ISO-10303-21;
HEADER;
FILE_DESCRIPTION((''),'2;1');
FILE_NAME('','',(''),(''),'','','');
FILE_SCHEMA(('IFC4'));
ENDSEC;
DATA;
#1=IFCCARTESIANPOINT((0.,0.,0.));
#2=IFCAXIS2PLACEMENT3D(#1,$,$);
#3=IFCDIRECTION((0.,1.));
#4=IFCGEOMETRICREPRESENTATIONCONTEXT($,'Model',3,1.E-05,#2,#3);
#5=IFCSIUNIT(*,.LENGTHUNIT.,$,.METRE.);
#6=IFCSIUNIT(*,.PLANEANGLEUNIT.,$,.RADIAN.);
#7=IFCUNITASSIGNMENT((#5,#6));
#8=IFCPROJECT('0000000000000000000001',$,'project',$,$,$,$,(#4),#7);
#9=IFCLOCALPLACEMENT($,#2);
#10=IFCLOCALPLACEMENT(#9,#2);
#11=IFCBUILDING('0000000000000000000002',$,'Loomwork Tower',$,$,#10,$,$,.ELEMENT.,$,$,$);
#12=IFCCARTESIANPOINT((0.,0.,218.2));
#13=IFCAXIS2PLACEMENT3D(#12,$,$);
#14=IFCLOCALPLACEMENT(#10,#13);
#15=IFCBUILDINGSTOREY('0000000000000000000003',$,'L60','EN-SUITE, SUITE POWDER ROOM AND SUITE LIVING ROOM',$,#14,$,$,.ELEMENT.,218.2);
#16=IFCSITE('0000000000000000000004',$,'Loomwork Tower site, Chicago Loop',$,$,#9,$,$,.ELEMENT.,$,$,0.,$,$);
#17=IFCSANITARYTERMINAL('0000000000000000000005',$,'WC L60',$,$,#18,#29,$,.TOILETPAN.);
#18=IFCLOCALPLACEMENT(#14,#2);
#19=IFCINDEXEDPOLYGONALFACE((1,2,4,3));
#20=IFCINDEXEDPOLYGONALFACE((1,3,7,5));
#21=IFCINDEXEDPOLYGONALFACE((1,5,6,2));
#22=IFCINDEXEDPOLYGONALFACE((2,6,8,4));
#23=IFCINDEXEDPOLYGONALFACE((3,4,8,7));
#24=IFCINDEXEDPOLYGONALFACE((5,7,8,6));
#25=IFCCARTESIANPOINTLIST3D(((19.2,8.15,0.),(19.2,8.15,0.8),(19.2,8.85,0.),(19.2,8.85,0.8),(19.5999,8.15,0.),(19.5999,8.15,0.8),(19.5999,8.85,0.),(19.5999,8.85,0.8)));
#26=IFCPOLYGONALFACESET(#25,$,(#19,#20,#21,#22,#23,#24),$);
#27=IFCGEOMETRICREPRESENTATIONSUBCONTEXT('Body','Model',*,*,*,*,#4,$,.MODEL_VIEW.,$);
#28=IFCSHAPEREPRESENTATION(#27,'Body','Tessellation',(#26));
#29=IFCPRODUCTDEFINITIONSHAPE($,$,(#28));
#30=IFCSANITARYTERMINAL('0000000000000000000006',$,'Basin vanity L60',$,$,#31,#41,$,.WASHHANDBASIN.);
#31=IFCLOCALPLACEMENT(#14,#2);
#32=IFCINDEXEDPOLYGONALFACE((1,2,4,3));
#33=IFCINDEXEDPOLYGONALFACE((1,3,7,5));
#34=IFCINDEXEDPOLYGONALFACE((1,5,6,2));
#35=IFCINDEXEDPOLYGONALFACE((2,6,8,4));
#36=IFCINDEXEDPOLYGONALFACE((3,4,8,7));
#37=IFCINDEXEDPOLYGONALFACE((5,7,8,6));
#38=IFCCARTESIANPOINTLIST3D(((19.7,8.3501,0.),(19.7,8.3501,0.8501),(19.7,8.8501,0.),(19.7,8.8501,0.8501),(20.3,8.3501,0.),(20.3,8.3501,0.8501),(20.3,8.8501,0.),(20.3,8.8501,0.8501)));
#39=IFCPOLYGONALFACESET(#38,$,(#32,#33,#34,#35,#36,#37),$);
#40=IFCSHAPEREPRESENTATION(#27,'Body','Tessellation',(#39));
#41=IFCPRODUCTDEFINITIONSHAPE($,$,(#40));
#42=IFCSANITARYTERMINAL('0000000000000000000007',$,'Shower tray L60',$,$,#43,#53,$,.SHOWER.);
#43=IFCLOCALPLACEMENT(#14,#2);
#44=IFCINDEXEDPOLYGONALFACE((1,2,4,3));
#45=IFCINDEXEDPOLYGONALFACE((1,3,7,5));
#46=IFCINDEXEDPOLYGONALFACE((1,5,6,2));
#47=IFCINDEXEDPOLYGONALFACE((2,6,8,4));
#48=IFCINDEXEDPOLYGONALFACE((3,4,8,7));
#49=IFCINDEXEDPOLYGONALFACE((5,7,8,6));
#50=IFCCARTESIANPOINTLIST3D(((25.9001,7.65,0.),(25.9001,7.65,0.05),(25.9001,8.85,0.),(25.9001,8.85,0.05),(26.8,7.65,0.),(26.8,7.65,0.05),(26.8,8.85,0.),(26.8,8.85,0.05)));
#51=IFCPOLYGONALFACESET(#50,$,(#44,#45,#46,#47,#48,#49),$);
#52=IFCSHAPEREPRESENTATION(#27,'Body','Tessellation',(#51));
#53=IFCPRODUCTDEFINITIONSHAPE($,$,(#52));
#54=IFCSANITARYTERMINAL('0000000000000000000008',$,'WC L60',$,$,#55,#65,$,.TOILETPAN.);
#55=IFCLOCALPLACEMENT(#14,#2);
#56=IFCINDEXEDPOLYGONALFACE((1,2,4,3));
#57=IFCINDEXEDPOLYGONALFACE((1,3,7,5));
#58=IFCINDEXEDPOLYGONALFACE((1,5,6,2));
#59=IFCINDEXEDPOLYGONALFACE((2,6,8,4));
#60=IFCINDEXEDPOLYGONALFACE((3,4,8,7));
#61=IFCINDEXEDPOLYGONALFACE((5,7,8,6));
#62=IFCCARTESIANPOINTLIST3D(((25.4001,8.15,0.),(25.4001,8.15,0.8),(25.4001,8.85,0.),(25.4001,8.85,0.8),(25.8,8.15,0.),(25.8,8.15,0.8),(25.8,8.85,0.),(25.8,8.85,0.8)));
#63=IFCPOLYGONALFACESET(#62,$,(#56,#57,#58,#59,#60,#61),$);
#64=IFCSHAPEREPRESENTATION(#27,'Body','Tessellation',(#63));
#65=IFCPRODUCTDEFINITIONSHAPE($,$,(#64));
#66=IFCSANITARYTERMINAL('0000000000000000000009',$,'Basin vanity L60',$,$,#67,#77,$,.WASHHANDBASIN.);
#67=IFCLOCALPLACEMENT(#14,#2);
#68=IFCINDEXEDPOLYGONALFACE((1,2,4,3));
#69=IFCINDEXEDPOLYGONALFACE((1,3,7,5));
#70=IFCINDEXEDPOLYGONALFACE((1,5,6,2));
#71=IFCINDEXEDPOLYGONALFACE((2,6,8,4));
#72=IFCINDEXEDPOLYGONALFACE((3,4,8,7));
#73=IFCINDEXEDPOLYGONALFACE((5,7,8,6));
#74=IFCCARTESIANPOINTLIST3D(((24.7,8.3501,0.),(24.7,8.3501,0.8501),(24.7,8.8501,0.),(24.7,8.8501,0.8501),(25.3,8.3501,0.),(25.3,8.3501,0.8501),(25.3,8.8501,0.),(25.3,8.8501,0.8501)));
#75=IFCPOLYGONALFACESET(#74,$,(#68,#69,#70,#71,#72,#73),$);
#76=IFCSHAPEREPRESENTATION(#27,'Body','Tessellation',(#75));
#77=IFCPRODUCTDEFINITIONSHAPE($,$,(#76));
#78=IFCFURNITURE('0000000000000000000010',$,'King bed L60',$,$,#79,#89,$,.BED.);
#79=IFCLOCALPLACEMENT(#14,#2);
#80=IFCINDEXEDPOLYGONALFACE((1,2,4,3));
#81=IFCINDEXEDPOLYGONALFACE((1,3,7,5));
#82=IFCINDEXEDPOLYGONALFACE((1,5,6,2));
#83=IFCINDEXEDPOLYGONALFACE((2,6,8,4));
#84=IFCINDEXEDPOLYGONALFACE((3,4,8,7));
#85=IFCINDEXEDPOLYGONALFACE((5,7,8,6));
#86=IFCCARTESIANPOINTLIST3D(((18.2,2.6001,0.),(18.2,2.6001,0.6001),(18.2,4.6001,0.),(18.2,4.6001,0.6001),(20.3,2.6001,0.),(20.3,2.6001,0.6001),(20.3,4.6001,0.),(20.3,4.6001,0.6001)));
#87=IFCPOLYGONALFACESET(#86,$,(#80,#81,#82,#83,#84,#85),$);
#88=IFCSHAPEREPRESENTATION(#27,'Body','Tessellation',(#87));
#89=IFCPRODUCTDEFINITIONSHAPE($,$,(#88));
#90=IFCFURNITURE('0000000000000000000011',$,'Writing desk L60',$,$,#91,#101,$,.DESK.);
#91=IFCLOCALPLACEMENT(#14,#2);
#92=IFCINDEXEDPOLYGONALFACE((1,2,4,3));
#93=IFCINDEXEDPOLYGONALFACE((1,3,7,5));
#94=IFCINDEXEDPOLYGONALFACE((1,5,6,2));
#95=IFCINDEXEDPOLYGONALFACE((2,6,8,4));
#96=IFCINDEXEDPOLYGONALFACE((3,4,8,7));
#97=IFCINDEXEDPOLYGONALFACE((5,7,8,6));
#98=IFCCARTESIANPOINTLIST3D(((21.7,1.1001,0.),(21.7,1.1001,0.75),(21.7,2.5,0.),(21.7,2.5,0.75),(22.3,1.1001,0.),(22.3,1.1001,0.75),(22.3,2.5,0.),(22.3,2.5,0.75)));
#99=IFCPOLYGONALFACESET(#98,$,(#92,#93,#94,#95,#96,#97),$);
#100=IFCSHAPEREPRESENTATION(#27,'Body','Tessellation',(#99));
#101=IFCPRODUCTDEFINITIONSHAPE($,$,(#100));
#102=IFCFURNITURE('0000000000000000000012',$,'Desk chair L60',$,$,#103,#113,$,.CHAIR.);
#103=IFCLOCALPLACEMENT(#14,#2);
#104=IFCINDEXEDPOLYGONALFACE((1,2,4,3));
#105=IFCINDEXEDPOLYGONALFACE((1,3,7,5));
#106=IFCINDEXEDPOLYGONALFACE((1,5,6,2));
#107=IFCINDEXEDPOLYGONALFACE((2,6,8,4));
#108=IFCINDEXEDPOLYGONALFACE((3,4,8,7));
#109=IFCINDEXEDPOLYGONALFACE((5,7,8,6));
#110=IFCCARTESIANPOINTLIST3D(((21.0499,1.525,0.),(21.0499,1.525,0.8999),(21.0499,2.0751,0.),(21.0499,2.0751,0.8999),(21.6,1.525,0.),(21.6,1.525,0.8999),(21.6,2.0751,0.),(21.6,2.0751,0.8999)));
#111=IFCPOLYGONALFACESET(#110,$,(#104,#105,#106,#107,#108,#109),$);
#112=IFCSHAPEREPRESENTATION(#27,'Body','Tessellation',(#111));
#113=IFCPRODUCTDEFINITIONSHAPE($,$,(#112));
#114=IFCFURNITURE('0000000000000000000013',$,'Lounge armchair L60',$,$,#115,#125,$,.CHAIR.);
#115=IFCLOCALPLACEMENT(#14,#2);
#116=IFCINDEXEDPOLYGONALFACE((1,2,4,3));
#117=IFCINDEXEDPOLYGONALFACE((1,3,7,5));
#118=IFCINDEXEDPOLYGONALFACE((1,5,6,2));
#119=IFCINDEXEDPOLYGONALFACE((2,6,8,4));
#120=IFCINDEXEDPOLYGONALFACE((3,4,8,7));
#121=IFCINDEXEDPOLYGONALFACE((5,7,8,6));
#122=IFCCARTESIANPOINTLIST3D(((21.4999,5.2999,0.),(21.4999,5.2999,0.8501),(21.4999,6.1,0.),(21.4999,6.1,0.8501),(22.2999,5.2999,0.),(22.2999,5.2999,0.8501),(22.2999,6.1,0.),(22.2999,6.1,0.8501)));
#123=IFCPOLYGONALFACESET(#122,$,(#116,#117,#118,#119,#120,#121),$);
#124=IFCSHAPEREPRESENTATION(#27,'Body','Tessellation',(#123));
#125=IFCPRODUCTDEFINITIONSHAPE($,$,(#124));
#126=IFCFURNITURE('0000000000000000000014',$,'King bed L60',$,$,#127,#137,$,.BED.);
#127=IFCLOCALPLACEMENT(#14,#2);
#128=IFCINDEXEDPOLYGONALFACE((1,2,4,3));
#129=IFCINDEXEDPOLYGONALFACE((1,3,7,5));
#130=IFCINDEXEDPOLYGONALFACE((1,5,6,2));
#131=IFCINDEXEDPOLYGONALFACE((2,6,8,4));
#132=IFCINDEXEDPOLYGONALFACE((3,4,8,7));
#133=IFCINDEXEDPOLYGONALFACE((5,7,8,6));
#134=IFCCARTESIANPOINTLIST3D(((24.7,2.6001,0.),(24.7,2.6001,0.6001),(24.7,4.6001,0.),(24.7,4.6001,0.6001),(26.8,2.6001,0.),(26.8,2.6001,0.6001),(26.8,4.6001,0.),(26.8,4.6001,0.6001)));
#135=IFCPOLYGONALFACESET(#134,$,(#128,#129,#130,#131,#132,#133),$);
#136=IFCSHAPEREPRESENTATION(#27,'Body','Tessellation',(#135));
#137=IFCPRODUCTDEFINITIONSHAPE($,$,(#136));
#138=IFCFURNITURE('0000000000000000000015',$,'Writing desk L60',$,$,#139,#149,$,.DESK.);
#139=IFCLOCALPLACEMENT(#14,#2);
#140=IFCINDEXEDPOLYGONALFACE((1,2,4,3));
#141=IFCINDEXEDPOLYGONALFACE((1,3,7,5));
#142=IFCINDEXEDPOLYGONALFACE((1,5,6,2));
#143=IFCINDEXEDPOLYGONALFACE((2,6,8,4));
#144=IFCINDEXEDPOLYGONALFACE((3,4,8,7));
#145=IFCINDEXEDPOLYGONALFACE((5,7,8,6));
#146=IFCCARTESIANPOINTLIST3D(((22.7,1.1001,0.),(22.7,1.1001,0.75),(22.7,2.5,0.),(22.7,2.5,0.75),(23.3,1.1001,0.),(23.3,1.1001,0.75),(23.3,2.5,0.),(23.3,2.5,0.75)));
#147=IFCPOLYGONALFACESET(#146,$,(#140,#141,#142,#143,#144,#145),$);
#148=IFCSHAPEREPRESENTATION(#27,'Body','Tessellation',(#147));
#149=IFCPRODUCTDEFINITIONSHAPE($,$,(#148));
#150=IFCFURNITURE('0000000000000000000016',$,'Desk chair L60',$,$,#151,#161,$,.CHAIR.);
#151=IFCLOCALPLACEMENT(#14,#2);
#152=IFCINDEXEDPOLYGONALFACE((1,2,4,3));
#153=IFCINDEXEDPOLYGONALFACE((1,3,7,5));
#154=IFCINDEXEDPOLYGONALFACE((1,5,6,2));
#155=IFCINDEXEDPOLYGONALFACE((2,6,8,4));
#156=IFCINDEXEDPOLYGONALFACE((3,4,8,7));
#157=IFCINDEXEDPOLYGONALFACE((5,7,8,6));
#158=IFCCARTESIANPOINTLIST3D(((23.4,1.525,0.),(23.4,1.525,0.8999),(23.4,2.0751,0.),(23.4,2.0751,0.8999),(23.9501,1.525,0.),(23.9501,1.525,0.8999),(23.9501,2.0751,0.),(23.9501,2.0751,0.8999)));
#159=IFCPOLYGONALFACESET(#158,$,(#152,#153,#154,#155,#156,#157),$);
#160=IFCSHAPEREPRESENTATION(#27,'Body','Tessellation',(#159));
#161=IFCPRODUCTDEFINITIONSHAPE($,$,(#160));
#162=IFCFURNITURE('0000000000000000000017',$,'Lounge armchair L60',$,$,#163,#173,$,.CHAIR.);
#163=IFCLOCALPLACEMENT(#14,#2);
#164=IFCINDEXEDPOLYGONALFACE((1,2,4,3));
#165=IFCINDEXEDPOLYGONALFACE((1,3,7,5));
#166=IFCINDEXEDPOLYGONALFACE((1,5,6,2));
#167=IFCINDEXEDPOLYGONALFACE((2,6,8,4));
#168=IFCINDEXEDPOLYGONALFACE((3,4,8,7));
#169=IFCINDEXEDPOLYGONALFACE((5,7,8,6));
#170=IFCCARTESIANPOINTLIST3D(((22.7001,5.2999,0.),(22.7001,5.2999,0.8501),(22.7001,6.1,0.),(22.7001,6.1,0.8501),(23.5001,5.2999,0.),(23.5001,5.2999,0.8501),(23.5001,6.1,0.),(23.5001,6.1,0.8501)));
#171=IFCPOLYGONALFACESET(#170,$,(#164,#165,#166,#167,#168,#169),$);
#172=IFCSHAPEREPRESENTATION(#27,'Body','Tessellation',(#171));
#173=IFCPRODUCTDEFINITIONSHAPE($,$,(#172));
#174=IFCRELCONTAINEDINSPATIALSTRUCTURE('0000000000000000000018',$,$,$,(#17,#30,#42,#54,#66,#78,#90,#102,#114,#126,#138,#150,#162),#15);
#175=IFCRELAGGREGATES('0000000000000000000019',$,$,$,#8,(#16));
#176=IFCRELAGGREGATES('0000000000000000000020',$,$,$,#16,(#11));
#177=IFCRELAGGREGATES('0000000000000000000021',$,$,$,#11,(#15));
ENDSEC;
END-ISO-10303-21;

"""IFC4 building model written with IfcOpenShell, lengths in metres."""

from ifc_helpers import new_model, si_unit, direction, frame, origin, origin_2d, place, context, subcontext, project, spatial, rectangle, extrude, element, save


model = new_model("IFC4")

# Units and contexts
model_context = context("Model", 3, precision=1e-05, world=origin(), true_north=direction((0.0, 1.0)))
body_context = subcontext(model_context, "Body", "Model", "MODEL_VIEW")
ifc_project = project(units=[si_unit("LENGTHUNIT", "METRE"), si_unit("PLANEANGLEUNIT", "RADIAN")], contexts=[model_context])

# Site, building, storey
site_placement = place(None, origin())
site = spatial("IfcSite", under=ifc_project, at=site_placement, Name="Loomwork Tower site, Chicago Loop", CompositionType="ELEMENT", RefElevation=0.0)
building_placement = place(site_placement, origin())
building = spatial("IfcBuilding", under=site, at=building_placement, Name="Loomwork Tower", CompositionType="ELEMENT")
storey_placement = place(building_placement, frame((0.0, 0.0, 218.2)))
storey = spatial("IfcBuildingStorey", under=building, at=storey_placement, Name="L60", Description="EN-SUITE, SUITE POWDER ROOM AND SUITE LIVING ROOM", CompositionType="ELEMENT", Elevation=218.2)

# Sanitary terminals
sanitary_terminal_1_placement = place(storey_placement, frame((19.3999, 8.5, 0.0), z_axis=(0.0, 0.0, 1.0), x_axis=(1.0, 0.0, 0.0)))
element("IfcSanitaryTerminal", 1, at=sanitary_terminal_1_placement, inside=storey, Name="WC L60", PredefinedType="TOILETPAN", context=body_context, shape_type="SweptSolid", body=[
    extrude(rectangle(XDim=0.3999, YDim=0.7, at=origin_2d()), origin(), (0.0, 0.0, 1.0), 0.8),
])
sanitary_terminal_2_placement = place(storey_placement, frame((20.0, 8.6001, 0.0), z_axis=(0.0, 0.0, 1.0), x_axis=(1.0, 0.0, 0.0)))
element("IfcSanitaryTerminal", 2, at=sanitary_terminal_2_placement, inside=storey, Name="Basin vanity L60", PredefinedType="WASHHANDBASIN", context=body_context, shape_type="SweptSolid", body=[
    extrude(rectangle(XDim=0.6001, YDim=0.5, at=origin_2d()), origin(), (0.0, 0.0, 1.0), 0.8501),
])
sanitary_terminal_3_placement = place(storey_placement, frame((26.3501, 8.25, 0.0), z_axis=(0.0, 0.0, 1.0), x_axis=(1.0, 0.0, 0.0)))
element("IfcSanitaryTerminal", 3, at=sanitary_terminal_3_placement, inside=storey, Name="Shower tray L60", PredefinedType="SHOWER", context=body_context, shape_type="SweptSolid", body=[
    extrude(rectangle(XDim=0.8999, YDim=1.2, at=origin_2d()), origin(), (0.0, 0.0, 1.0), 0.05),
])
sanitary_terminal_4_placement = place(storey_placement, frame((25.6001, 8.5, 0.0), z_axis=(0.0, 0.0, 1.0), x_axis=(1.0, 0.0, 0.0)))
element("IfcSanitaryTerminal", 4, at=sanitary_terminal_4_placement, inside=storey, Name="WC L60", PredefinedType="TOILETPAN", context=body_context, shape_type="SweptSolid", body=[
    extrude(rectangle(XDim=0.3999, YDim=0.7, at=origin_2d()), origin(), (0.0, 0.0, 1.0), 0.8),
])
sanitary_terminal_5_placement = place(storey_placement, frame((25.0, 8.6001, 0.0), z_axis=(0.0, 0.0, 1.0), x_axis=(1.0, 0.0, 0.0)))
element("IfcSanitaryTerminal", 5, at=sanitary_terminal_5_placement, inside=storey, Name="Basin vanity L60", PredefinedType="WASHHANDBASIN", context=body_context, shape_type="SweptSolid", body=[
    extrude(rectangle(XDim=0.6001, YDim=0.5, at=origin_2d()), origin(), (0.0, 0.0, 1.0), 0.8501),
])

# Furniture
furniture_1_placement = place(storey_placement, frame((19.25, 3.6001, 0.0), z_axis=(0.0, 0.0, 1.0), x_axis=(1.0, 0.0, 0.0)))
element("IfcFurniture", 6, at=furniture_1_placement, inside=storey, Name="King bed L60", PredefinedType="BED", context=body_context, shape_type="SweptSolid", body=[
    extrude(rectangle(XDim=2.1001, YDim=2.0, at=origin_2d()), origin(), (0.0, 0.0, 1.0), 0.6001),
])
furniture_2_placement = place(storey_placement, frame((22.0, 1.8, 0.0), z_axis=(0.0, 0.0, 1.0), x_axis=(1.0, 0.0, 0.0)))
element("IfcFurniture", 7, at=furniture_2_placement, inside=storey, Name="Writing desk L60", PredefinedType="DESK", context=body_context, shape_type="SweptSolid", body=[
    extrude(rectangle(XDim=0.6001, YDim=1.3999, at=origin_2d()), origin(), (0.0, 0.0, 1.0), 0.75),
])
furniture_3_placement = place(storey_placement, frame((21.325, 1.8, 0.0), z_axis=(0.0, 0.0, 1.0), x_axis=(1.0, 0.0, 0.0)))
element("IfcFurniture", 8, at=furniture_3_placement, inside=storey, Name="Desk chair L60", PredefinedType="CHAIR", context=body_context, shape_type="SweptSolid", body=[
    extrude(rectangle(XDim=0.55, YDim=0.55, at=origin_2d()), origin(), (0.0, 0.0, 1.0), 0.8999),
])
furniture_4_placement = place(storey_placement, frame((21.8999, 5.7, 0.0), z_axis=(0.0, 0.0, 1.0), x_axis=(1.0, 0.0, 0.0)))
element("IfcFurniture", 9, at=furniture_4_placement, inside=storey, Name="Lounge armchair L60", PredefinedType="CHAIR", context=body_context, shape_type="SweptSolid", body=[
    extrude(rectangle(XDim=0.8, YDim=0.8, at=origin_2d()), origin(), (0.0, 0.0, 1.0), 0.8501),
])
furniture_5_placement = place(storey_placement, frame((25.75, 3.6001, 0.0), z_axis=(0.0, 0.0, 1.0), x_axis=(1.0, 0.0, 0.0)))
element("IfcFurniture", 10, at=furniture_5_placement, inside=storey, Name="King bed L60", PredefinedType="BED", context=body_context, shape_type="SweptSolid", body=[
    extrude(rectangle(XDim=2.1001, YDim=2.0, at=origin_2d()), origin(), (0.0, 0.0, 1.0), 0.6001),
])
furniture_6_placement = place(storey_placement, frame((23.0, 1.8, 0.0), z_axis=(0.0, 0.0, 1.0), x_axis=(1.0, 0.0, 0.0)))
element("IfcFurniture", 11, at=furniture_6_placement, inside=storey, Name="Writing desk L60", PredefinedType="DESK", context=body_context, shape_type="SweptSolid", body=[
    extrude(rectangle(XDim=0.6001, YDim=1.3999, at=origin_2d()), origin(), (0.0, 0.0, 1.0), 0.75),
])
furniture_7_placement = place(storey_placement, frame((23.675, 1.8, 0.0), z_axis=(0.0, 0.0, 1.0), x_axis=(1.0, 0.0, 0.0)))
element("IfcFurniture", 12, at=furniture_7_placement, inside=storey, Name="Desk chair L60", PredefinedType="CHAIR", context=body_context, shape_type="SweptSolid", body=[
    extrude(rectangle(XDim=0.55, YDim=0.55, at=origin_2d()), origin(), (0.0, 0.0, 1.0), 0.8999),
])
furniture_8_placement = place(storey_placement, frame((23.1001, 5.7, 0.0), z_axis=(0.0, 0.0, 1.0), x_axis=(1.0, 0.0, 0.0)))
element("IfcFurniture", 13, at=furniture_8_placement, inside=storey, Name="Lounge armchair L60", PredefinedType="CHAIR", context=body_context, shape_type="SweptSolid", body=[
    extrude(rectangle(XDim=0.8, YDim=0.8, at=origin_2d()), origin(), (0.0, 0.0, 1.0), 0.8501),
])

save(model, "model.ifc")
